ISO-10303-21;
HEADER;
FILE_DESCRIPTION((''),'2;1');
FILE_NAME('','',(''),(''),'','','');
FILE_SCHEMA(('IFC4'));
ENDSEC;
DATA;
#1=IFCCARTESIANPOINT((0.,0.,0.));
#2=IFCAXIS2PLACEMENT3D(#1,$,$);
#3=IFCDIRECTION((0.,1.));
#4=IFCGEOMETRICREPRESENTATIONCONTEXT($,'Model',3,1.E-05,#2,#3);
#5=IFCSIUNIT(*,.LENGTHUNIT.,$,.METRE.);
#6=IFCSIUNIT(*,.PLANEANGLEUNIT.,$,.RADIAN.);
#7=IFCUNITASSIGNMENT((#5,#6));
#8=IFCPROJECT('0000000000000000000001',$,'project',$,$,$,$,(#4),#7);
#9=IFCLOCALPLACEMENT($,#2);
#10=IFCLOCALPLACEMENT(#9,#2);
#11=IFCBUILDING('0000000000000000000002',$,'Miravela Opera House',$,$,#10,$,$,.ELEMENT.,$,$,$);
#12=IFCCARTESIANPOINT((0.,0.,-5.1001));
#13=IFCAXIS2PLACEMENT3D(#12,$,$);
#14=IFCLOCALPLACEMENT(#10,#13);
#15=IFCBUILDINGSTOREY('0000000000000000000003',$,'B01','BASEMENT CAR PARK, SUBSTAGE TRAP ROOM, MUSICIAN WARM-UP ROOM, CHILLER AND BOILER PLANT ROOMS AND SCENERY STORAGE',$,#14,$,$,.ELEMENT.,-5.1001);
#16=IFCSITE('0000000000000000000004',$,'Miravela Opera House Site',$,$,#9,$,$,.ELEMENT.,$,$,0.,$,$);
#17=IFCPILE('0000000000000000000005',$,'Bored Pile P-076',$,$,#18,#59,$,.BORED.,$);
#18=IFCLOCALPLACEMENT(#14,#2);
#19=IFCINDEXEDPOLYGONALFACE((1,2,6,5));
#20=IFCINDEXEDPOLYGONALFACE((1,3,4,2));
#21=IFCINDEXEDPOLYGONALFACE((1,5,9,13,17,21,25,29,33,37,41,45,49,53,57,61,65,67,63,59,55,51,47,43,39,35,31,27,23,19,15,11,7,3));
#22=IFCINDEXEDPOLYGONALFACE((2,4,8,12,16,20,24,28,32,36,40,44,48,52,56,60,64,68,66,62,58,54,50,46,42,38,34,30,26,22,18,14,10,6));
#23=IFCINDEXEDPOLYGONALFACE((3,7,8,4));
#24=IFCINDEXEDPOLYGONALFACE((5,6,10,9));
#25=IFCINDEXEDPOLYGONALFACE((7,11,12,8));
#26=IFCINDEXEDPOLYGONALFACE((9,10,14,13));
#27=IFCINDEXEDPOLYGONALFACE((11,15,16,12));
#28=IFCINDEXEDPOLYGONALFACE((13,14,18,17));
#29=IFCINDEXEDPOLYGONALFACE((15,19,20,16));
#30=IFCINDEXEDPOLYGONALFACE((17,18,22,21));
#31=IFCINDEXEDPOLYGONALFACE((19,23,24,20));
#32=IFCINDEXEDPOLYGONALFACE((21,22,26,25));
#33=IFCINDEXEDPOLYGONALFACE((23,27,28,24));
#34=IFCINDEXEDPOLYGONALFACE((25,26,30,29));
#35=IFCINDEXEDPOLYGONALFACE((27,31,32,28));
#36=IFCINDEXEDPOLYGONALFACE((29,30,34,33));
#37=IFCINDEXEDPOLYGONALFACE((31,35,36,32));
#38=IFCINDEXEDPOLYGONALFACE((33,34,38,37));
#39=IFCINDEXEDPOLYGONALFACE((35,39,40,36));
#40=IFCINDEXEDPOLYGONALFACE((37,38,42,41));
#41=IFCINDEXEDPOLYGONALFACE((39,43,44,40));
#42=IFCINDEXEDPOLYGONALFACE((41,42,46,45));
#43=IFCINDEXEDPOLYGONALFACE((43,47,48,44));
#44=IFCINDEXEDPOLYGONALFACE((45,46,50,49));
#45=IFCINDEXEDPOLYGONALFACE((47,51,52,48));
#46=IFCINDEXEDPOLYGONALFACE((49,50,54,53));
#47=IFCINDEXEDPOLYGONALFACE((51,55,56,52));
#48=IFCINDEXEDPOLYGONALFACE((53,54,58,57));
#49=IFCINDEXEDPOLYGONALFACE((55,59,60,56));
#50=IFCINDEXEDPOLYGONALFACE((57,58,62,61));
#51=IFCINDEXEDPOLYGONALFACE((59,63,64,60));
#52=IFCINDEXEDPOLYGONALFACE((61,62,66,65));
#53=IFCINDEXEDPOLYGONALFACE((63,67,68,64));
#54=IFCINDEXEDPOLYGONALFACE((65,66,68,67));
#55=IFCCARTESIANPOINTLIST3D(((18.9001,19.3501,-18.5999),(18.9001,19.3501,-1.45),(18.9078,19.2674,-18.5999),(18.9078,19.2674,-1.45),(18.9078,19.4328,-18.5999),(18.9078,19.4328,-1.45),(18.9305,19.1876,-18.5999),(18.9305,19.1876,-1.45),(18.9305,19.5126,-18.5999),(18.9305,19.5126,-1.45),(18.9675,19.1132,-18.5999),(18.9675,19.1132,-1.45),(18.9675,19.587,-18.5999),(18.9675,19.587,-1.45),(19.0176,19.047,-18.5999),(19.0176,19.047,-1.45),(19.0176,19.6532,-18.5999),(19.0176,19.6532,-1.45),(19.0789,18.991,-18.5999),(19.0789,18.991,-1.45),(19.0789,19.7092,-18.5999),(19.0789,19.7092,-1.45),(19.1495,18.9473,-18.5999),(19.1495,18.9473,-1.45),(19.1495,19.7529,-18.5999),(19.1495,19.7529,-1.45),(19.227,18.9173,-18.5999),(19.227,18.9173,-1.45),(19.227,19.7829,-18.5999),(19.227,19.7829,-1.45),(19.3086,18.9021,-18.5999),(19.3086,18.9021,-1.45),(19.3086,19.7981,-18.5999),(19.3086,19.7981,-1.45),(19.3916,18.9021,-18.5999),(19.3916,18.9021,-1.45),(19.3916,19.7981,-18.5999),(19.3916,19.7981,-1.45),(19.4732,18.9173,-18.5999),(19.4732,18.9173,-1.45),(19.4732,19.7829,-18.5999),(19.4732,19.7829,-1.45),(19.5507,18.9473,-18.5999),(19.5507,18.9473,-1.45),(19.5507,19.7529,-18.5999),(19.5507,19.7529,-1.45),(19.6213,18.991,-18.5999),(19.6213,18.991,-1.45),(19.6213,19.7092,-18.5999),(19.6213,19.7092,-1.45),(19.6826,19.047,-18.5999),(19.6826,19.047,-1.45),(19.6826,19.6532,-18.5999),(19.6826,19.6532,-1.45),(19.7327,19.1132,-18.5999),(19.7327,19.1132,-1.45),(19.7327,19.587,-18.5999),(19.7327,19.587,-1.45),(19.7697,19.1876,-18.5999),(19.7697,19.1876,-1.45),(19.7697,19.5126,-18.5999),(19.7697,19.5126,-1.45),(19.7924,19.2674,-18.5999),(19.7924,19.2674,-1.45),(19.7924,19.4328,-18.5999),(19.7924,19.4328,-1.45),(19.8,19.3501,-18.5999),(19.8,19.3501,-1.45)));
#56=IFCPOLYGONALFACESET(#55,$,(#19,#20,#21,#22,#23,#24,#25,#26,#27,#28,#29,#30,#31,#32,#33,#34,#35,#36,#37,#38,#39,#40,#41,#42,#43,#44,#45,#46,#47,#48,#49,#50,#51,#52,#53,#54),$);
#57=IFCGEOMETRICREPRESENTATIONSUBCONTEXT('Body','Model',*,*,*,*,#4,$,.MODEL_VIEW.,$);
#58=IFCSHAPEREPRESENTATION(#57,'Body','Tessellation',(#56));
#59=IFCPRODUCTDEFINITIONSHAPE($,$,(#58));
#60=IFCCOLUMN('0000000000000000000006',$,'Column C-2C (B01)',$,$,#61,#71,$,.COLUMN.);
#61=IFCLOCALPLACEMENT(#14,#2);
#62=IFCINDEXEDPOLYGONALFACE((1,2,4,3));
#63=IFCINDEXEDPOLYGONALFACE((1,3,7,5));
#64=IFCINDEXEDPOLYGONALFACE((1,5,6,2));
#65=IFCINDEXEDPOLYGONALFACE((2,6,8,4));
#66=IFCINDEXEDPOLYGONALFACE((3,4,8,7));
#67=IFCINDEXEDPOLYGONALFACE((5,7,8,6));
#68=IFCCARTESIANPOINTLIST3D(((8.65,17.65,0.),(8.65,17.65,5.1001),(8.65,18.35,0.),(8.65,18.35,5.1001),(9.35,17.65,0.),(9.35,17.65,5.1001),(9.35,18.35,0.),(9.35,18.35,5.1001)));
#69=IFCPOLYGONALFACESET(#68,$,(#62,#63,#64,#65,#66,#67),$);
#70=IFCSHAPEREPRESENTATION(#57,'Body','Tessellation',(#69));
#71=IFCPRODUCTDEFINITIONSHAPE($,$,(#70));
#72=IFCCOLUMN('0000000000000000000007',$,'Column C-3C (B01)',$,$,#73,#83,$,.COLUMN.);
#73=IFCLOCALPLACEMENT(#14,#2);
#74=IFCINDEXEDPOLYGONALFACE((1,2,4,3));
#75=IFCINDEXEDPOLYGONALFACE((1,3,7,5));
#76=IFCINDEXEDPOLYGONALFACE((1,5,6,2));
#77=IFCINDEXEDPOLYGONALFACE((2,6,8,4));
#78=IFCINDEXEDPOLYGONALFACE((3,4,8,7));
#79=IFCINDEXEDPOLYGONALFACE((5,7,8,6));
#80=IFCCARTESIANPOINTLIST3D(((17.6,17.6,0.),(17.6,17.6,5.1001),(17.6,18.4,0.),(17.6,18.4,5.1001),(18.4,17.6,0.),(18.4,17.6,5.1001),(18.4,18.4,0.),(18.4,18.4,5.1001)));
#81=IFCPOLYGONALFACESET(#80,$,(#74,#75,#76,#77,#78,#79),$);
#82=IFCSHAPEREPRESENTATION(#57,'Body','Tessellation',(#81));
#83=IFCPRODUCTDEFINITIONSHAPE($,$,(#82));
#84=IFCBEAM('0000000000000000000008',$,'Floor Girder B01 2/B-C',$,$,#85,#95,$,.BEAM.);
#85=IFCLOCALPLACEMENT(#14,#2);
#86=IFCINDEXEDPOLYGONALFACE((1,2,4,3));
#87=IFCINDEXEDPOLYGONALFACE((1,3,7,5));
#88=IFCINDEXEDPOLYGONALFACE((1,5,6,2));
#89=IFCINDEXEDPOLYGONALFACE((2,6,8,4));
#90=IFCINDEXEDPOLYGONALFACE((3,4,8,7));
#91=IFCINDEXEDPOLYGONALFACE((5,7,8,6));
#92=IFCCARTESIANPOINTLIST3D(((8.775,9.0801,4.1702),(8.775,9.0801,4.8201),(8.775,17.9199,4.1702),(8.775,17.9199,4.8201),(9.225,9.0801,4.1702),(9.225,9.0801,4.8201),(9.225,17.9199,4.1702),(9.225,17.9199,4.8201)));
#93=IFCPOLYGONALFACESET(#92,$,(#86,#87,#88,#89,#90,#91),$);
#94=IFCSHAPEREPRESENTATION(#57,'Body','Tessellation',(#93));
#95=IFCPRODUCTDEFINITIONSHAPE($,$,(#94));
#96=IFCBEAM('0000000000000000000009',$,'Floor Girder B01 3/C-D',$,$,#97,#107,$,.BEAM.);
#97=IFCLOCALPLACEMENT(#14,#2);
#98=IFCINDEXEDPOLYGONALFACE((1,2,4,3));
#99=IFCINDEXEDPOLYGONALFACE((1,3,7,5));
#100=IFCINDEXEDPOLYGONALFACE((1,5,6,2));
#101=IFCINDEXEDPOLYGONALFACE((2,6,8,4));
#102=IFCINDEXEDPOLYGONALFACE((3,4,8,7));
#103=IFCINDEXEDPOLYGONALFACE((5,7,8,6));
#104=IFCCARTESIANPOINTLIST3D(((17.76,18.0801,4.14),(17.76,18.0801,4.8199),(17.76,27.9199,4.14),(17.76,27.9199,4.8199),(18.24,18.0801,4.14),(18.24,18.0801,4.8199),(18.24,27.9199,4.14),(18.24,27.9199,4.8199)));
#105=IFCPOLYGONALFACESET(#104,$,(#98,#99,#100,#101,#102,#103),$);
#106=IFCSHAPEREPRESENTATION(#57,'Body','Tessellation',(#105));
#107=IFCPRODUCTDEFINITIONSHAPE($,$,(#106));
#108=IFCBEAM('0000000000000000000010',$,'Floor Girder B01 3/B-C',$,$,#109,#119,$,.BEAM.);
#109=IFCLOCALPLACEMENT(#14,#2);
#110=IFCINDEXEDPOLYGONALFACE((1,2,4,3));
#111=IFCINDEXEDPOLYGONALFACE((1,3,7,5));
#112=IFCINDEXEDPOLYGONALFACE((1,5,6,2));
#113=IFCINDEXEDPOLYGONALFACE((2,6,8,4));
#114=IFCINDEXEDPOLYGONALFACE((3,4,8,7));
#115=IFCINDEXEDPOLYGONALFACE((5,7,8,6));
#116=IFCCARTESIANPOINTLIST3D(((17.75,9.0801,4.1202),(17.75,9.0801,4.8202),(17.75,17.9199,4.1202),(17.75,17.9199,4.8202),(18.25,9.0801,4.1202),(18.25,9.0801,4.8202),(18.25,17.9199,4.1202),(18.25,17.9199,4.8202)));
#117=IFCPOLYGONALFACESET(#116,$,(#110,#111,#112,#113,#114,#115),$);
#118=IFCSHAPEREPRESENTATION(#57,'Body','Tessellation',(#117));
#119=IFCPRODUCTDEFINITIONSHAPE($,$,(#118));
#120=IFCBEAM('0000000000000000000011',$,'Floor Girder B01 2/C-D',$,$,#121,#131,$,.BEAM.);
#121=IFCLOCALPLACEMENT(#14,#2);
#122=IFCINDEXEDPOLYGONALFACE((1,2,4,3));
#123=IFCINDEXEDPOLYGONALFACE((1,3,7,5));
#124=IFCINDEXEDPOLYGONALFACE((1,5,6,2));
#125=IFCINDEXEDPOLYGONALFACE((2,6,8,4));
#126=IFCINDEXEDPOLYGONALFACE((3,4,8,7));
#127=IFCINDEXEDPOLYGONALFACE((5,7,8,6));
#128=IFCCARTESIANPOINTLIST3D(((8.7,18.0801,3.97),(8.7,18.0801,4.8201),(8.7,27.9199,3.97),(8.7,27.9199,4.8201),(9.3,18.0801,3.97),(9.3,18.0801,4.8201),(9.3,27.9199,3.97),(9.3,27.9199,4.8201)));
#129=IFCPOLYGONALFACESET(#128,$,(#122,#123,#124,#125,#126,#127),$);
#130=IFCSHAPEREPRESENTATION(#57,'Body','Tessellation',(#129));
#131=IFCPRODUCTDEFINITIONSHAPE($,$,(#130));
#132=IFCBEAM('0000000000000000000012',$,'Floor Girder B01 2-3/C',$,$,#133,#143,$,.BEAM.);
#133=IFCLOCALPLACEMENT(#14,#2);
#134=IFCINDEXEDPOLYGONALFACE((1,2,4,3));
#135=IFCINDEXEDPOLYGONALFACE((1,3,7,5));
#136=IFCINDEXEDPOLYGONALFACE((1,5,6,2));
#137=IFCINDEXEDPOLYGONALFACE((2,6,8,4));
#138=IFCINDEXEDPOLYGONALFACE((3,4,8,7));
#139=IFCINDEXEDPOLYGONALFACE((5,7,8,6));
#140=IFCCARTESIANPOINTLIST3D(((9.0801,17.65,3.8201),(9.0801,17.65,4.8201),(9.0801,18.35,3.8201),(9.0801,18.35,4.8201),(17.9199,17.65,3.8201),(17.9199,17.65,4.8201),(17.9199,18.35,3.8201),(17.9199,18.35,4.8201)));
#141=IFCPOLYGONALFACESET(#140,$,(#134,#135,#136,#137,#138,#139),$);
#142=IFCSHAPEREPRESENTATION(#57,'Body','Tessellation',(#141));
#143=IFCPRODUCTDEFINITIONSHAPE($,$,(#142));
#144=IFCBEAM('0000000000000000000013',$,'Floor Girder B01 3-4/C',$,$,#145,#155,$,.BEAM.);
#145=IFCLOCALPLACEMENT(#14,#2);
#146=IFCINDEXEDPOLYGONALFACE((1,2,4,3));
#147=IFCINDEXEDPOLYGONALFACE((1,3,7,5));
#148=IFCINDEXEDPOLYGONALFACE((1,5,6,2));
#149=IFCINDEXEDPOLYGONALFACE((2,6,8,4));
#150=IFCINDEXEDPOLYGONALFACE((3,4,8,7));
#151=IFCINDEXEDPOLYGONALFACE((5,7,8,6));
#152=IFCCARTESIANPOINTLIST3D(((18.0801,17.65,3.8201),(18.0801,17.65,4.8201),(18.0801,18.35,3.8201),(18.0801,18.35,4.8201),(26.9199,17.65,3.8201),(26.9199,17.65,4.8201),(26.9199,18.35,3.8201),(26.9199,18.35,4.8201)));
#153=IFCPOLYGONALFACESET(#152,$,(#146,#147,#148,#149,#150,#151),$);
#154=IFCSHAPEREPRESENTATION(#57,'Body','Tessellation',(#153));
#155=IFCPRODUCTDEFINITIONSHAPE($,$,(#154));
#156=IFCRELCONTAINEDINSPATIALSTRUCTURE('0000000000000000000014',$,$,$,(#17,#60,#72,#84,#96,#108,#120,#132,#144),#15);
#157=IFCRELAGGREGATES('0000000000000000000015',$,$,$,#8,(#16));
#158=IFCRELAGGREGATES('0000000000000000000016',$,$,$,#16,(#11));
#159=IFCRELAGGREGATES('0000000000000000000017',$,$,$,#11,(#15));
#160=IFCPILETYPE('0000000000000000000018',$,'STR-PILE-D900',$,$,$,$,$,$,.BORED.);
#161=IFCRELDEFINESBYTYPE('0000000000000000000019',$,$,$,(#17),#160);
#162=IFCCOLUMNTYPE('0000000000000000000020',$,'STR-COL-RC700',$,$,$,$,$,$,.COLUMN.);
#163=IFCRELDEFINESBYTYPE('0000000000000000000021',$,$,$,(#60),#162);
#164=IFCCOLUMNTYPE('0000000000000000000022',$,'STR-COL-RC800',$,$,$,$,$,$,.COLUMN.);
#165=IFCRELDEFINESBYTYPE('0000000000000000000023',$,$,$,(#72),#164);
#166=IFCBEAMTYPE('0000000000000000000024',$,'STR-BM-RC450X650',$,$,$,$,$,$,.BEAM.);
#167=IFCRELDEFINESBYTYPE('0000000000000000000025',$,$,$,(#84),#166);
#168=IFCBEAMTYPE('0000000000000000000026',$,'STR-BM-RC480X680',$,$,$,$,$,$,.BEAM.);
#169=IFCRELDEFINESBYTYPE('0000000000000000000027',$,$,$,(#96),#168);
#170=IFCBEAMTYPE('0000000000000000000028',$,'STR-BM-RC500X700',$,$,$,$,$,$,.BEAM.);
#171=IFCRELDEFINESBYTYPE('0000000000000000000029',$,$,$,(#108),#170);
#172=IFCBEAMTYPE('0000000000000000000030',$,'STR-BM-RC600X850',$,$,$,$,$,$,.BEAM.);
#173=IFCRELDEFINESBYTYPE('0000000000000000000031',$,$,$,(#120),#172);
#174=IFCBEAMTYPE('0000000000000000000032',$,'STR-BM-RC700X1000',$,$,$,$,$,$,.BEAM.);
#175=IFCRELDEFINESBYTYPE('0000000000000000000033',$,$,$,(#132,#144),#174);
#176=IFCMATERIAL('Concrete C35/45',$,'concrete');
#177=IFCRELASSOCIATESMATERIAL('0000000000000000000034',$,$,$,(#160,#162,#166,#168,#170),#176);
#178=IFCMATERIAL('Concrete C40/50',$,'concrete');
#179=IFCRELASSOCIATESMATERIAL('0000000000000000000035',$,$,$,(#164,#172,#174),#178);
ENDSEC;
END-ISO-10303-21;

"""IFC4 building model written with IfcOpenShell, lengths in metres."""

from ifc_helpers import new_model, si_unit, direction, frame, origin, origin_2d, place, context, subcontext, project, spatial, rectangle, circle, extrude, material, material_profile, profile_set, type_object, element, save


model = new_model("IFC4")

# Units and contexts
model_context = context("Model", 3, precision=1e-05, world=origin(), true_north=direction((0.0, 1.0)))
body_context = subcontext(model_context, "Body", "Model", "MODEL_VIEW")
ifc_project = project(units=[si_unit("LENGTHUNIT", "METRE"), si_unit("PLANEANGLEUNIT", "RADIAN")], contexts=[model_context])

# Site, building, storey
site_placement = place(None, origin())
site = spatial("IfcSite", under=ifc_project, at=site_placement, Name="Miravela Opera House Site", CompositionType="ELEMENT", RefElevation=0.0)
building_placement = place(site_placement, origin())
building = spatial("IfcBuilding", under=site, at=building_placement, Name="Miravela Opera House", CompositionType="ELEMENT")
storey_placement = place(building_placement, frame((0.0, 0.0, -5.1001)))
storey = spatial("IfcBuildingStorey", under=building, at=storey_placement, Name="B01", Description="BASEMENT CAR PARK, SUBSTAGE TRAP ROOM, MUSICIAN WARM-UP ROOM, CHILLER AND BOILER PLANT ROOMS AND SCENERY STORAGE", CompositionType="ELEMENT", Elevation=-5.1001)

# Shared definitions
ifc_material_1 = material(Name="Concrete C35/45", Category="concrete")

# Pile
ifc_material_profile_1 = material_profile(ifc_material_1, circle(Radius=0.45, at=origin_2d()), Name="PILE-D900")
ifc_profile_set_1 = profile_set([ifc_material_profile_1])
pile_type_1 = type_object("IfcPileType", Name="STR-PILE-D900", PredefinedType="BORED", material=ifc_profile_set_1)
for number, where, z_axis, x_axis, name in (
    (1, (19.3501, 19.3501, -1.45), (0.0, 0.0, -1.0), (1.0, 0.0, 0.0), "Bored Pile P-076"),
):
    element("IfcPile", number, at=place(storey_placement, frame(where, z_axis=z_axis, x_axis=x_axis)), inside=storey, type_object=pile_type_1, Name=name, PredefinedType="BORED", context=body_context, shape_type="SweptSolid", body=[
        extrude(circle(Radius=0.45, at=origin_2d()), origin(), (0.0, 0.0, 1.0), 17.1499),
    ])

# Columns
ifc_material_profile_2 = material_profile(ifc_material_1, rectangle(XDim=0.7, YDim=0.7, at=origin_2d()), Name="RC-COL-700X700")
ifc_profile_set_2 = profile_set([ifc_material_profile_2])
column_type_1 = type_object("IfcColumnType", Name="STR-COL-RC700", PredefinedType="COLUMN", material=ifc_profile_set_2)
column_1_placement = place(storey_placement, frame((9.0, 18.0, 0.0), z_axis=(0.0, 0.0, 1.0), x_axis=(1.0, 0.0, 0.0)))
element("IfcColumn", 2, at=column_1_placement, inside=storey, type_object=column_type_1, Name="Column C-2C (B01)", PredefinedType="COLUMN", context=body_context, shape_type="SweptSolid", body=[
    extrude(rectangle(XDim=0.7, YDim=0.7, at=origin_2d()), origin(), (0.0, 0.0, 1.0), 5.1001),
])
ifc_material_2 = material(Name="Concrete C40/50", Category="concrete")
ifc_material_profile_3 = material_profile(ifc_material_2, rectangle(XDim=0.8, YDim=0.8, at=origin_2d()), Name="RC-COL-800X800")
ifc_profile_set_3 = profile_set([ifc_material_profile_3])
column_type_2 = type_object("IfcColumnType", Name="STR-COL-RC800", PredefinedType="COLUMN", material=ifc_profile_set_3)
column_2_placement = place(storey_placement, frame((18.0, 18.0, 0.0), z_axis=(0.0, 0.0, 1.0), x_axis=(1.0, 0.0, 0.0)))
element("IfcColumn", 3, at=column_2_placement, inside=storey, type_object=column_type_2, Name="Column C-3C (B01)", PredefinedType="COLUMN", context=body_context, shape_type="SweptSolid", body=[
    extrude(rectangle(XDim=0.8, YDim=0.8, at=origin_2d()), origin(), (0.0, 0.0, 1.0), 5.1001),
])

# Beams
ifc_material_profile_4 = material_profile(ifc_material_1, rectangle(XDim=0.45, YDim=0.6499, at=origin_2d()), Name="RC-BM-450X650")
ifc_profile_set_4 = profile_set([ifc_material_profile_4])
beam_type_1 = type_object("IfcBeamType", Name="STR-BM-RC450X650", PredefinedType="BEAM", material=ifc_profile_set_4)
beam_1_placement = place(storey_placement, frame((9.0, 9.0801, 4.4951), z_axis=(0.0, 1.0, 0.0), x_axis=(-1.0, 0.0, 0.0)))
element("IfcBeam", 4, at=beam_1_placement, inside=storey, type_object=beam_type_1, Name="Floor Girder B01 2/B-C", PredefinedType="BEAM", context=body_context, shape_type="SweptSolid", body=[
    extrude(rectangle(XDim=0.45, YDim=0.6499, at=origin_2d()), origin(), (0.0, 0.0, 1.0), 8.8398),
])
ifc_material_profile_5 = material_profile(ifc_material_1, rectangle(XDim=0.48, YDim=0.6799, at=origin_2d()), Name="RC-BM-480X680")
ifc_profile_set_5 = profile_set([ifc_material_profile_5])
beam_type_2 = type_object("IfcBeamType", Name="STR-BM-RC480X680", PredefinedType="BEAM", material=ifc_profile_set_5)
beam_2_placement = place(storey_placement, frame((18.0, 18.0801, 4.48), z_axis=(0.0, 1.0, 0.0), x_axis=(-1.0, 0.0, 0.0)))
element("IfcBeam", 5, at=beam_2_placement, inside=storey, type_object=beam_type_2, Name="Floor Girder B01 3/C-D", PredefinedType="BEAM", context=body_context, shape_type="SweptSolid", body=[
    extrude(rectangle(XDim=0.48, YDim=0.6799, at=origin_2d()), origin(), (0.0, 0.0, 1.0), 9.8398),
])
ifc_material_profile_6 = material_profile(ifc_material_1, rectangle(XDim=0.5, YDim=0.7, at=origin_2d()), Name="RC-BM-500X700")
ifc_profile_set_6 = profile_set([ifc_material_profile_6])
beam_type_3 = type_object("IfcBeamType", Name="STR-BM-RC500X700", PredefinedType="BEAM", material=ifc_profile_set_6)
beam_3_placement = place(storey_placement, frame((18.0, 9.0801, 4.4702), z_axis=(0.0, 1.0, 0.0), x_axis=(-1.0, 0.0, 0.0)))
element("IfcBeam", 6, at=beam_3_placement, inside=storey, type_object=beam_type_3, Name="Floor Girder B01 3/B-C", PredefinedType="BEAM", context=body_context, shape_type="SweptSolid", body=[
    extrude(rectangle(XDim=0.5, YDim=0.7, at=origin_2d()), origin(), (0.0, 0.0, 1.0), 8.8398),
])
ifc_material_profile_7 = material_profile(ifc_material_2, rectangle(XDim=0.6001, YDim=0.8501, at=origin_2d()), Name="RC-BM-600X850")
ifc_profile_set_7 = profile_set([ifc_material_profile_7])
beam_type_4 = type_object("IfcBeamType", Name="STR-BM-RC600X850", PredefinedType="BEAM", material=ifc_profile_set_7)
beam_4_placement = place(storey_placement, frame((9.0, 18.0801, 4.395), z_axis=(0.0, 1.0, 0.0), x_axis=(-1.0, 0.0, 0.0)))
element("IfcBeam", 7, at=beam_4_placement, inside=storey, type_object=beam_type_4, Name="Floor Girder B01 2/C-D", PredefinedType="BEAM", context=body_context, shape_type="SweptSolid", body=[
    extrude(rectangle(XDim=0.6001, YDim=0.8501, at=origin_2d()), origin(), (0.0, 0.0, 1.0), 9.8398),
])
ifc_material_profile_8 = material_profile(ifc_material_2, rectangle(XDim=0.7, YDim=1.0, at=origin_2d()), Name="RC-BM-700X1000")
ifc_profile_set_8 = profile_set([ifc_material_profile_8])
beam_type_5 = type_object("IfcBeamType", Name="STR-BM-RC700X1000", PredefinedType="BEAM", material=ifc_profile_set_8)
for number, where, z_axis, x_axis, name in (
    (8, (9.0801, 18.0, 4.3201), (1.0, 0.0, 0.0), (0.0, 1.0, 0.0), "Floor Girder B01 2-3/C"),
    (9, (18.0801, 18.0, 4.3201), (1.0, 0.0, 0.0), (0.0, 1.0, 0.0), "Floor Girder B01 3-4/C"),
):
    element("IfcBeam", number, at=place(storey_placement, frame(where, z_axis=z_axis, x_axis=x_axis)), inside=storey, type_object=beam_type_5, Name=name, PredefinedType="BEAM", context=body_context, shape_type="SweptSolid", body=[
        extrude(rectangle(XDim=0.7, YDim=1.0, at=origin_2d()), origin(), (0.0, 0.0, 1.0), 8.8398),
    ])

save(model, "model.ifc")
